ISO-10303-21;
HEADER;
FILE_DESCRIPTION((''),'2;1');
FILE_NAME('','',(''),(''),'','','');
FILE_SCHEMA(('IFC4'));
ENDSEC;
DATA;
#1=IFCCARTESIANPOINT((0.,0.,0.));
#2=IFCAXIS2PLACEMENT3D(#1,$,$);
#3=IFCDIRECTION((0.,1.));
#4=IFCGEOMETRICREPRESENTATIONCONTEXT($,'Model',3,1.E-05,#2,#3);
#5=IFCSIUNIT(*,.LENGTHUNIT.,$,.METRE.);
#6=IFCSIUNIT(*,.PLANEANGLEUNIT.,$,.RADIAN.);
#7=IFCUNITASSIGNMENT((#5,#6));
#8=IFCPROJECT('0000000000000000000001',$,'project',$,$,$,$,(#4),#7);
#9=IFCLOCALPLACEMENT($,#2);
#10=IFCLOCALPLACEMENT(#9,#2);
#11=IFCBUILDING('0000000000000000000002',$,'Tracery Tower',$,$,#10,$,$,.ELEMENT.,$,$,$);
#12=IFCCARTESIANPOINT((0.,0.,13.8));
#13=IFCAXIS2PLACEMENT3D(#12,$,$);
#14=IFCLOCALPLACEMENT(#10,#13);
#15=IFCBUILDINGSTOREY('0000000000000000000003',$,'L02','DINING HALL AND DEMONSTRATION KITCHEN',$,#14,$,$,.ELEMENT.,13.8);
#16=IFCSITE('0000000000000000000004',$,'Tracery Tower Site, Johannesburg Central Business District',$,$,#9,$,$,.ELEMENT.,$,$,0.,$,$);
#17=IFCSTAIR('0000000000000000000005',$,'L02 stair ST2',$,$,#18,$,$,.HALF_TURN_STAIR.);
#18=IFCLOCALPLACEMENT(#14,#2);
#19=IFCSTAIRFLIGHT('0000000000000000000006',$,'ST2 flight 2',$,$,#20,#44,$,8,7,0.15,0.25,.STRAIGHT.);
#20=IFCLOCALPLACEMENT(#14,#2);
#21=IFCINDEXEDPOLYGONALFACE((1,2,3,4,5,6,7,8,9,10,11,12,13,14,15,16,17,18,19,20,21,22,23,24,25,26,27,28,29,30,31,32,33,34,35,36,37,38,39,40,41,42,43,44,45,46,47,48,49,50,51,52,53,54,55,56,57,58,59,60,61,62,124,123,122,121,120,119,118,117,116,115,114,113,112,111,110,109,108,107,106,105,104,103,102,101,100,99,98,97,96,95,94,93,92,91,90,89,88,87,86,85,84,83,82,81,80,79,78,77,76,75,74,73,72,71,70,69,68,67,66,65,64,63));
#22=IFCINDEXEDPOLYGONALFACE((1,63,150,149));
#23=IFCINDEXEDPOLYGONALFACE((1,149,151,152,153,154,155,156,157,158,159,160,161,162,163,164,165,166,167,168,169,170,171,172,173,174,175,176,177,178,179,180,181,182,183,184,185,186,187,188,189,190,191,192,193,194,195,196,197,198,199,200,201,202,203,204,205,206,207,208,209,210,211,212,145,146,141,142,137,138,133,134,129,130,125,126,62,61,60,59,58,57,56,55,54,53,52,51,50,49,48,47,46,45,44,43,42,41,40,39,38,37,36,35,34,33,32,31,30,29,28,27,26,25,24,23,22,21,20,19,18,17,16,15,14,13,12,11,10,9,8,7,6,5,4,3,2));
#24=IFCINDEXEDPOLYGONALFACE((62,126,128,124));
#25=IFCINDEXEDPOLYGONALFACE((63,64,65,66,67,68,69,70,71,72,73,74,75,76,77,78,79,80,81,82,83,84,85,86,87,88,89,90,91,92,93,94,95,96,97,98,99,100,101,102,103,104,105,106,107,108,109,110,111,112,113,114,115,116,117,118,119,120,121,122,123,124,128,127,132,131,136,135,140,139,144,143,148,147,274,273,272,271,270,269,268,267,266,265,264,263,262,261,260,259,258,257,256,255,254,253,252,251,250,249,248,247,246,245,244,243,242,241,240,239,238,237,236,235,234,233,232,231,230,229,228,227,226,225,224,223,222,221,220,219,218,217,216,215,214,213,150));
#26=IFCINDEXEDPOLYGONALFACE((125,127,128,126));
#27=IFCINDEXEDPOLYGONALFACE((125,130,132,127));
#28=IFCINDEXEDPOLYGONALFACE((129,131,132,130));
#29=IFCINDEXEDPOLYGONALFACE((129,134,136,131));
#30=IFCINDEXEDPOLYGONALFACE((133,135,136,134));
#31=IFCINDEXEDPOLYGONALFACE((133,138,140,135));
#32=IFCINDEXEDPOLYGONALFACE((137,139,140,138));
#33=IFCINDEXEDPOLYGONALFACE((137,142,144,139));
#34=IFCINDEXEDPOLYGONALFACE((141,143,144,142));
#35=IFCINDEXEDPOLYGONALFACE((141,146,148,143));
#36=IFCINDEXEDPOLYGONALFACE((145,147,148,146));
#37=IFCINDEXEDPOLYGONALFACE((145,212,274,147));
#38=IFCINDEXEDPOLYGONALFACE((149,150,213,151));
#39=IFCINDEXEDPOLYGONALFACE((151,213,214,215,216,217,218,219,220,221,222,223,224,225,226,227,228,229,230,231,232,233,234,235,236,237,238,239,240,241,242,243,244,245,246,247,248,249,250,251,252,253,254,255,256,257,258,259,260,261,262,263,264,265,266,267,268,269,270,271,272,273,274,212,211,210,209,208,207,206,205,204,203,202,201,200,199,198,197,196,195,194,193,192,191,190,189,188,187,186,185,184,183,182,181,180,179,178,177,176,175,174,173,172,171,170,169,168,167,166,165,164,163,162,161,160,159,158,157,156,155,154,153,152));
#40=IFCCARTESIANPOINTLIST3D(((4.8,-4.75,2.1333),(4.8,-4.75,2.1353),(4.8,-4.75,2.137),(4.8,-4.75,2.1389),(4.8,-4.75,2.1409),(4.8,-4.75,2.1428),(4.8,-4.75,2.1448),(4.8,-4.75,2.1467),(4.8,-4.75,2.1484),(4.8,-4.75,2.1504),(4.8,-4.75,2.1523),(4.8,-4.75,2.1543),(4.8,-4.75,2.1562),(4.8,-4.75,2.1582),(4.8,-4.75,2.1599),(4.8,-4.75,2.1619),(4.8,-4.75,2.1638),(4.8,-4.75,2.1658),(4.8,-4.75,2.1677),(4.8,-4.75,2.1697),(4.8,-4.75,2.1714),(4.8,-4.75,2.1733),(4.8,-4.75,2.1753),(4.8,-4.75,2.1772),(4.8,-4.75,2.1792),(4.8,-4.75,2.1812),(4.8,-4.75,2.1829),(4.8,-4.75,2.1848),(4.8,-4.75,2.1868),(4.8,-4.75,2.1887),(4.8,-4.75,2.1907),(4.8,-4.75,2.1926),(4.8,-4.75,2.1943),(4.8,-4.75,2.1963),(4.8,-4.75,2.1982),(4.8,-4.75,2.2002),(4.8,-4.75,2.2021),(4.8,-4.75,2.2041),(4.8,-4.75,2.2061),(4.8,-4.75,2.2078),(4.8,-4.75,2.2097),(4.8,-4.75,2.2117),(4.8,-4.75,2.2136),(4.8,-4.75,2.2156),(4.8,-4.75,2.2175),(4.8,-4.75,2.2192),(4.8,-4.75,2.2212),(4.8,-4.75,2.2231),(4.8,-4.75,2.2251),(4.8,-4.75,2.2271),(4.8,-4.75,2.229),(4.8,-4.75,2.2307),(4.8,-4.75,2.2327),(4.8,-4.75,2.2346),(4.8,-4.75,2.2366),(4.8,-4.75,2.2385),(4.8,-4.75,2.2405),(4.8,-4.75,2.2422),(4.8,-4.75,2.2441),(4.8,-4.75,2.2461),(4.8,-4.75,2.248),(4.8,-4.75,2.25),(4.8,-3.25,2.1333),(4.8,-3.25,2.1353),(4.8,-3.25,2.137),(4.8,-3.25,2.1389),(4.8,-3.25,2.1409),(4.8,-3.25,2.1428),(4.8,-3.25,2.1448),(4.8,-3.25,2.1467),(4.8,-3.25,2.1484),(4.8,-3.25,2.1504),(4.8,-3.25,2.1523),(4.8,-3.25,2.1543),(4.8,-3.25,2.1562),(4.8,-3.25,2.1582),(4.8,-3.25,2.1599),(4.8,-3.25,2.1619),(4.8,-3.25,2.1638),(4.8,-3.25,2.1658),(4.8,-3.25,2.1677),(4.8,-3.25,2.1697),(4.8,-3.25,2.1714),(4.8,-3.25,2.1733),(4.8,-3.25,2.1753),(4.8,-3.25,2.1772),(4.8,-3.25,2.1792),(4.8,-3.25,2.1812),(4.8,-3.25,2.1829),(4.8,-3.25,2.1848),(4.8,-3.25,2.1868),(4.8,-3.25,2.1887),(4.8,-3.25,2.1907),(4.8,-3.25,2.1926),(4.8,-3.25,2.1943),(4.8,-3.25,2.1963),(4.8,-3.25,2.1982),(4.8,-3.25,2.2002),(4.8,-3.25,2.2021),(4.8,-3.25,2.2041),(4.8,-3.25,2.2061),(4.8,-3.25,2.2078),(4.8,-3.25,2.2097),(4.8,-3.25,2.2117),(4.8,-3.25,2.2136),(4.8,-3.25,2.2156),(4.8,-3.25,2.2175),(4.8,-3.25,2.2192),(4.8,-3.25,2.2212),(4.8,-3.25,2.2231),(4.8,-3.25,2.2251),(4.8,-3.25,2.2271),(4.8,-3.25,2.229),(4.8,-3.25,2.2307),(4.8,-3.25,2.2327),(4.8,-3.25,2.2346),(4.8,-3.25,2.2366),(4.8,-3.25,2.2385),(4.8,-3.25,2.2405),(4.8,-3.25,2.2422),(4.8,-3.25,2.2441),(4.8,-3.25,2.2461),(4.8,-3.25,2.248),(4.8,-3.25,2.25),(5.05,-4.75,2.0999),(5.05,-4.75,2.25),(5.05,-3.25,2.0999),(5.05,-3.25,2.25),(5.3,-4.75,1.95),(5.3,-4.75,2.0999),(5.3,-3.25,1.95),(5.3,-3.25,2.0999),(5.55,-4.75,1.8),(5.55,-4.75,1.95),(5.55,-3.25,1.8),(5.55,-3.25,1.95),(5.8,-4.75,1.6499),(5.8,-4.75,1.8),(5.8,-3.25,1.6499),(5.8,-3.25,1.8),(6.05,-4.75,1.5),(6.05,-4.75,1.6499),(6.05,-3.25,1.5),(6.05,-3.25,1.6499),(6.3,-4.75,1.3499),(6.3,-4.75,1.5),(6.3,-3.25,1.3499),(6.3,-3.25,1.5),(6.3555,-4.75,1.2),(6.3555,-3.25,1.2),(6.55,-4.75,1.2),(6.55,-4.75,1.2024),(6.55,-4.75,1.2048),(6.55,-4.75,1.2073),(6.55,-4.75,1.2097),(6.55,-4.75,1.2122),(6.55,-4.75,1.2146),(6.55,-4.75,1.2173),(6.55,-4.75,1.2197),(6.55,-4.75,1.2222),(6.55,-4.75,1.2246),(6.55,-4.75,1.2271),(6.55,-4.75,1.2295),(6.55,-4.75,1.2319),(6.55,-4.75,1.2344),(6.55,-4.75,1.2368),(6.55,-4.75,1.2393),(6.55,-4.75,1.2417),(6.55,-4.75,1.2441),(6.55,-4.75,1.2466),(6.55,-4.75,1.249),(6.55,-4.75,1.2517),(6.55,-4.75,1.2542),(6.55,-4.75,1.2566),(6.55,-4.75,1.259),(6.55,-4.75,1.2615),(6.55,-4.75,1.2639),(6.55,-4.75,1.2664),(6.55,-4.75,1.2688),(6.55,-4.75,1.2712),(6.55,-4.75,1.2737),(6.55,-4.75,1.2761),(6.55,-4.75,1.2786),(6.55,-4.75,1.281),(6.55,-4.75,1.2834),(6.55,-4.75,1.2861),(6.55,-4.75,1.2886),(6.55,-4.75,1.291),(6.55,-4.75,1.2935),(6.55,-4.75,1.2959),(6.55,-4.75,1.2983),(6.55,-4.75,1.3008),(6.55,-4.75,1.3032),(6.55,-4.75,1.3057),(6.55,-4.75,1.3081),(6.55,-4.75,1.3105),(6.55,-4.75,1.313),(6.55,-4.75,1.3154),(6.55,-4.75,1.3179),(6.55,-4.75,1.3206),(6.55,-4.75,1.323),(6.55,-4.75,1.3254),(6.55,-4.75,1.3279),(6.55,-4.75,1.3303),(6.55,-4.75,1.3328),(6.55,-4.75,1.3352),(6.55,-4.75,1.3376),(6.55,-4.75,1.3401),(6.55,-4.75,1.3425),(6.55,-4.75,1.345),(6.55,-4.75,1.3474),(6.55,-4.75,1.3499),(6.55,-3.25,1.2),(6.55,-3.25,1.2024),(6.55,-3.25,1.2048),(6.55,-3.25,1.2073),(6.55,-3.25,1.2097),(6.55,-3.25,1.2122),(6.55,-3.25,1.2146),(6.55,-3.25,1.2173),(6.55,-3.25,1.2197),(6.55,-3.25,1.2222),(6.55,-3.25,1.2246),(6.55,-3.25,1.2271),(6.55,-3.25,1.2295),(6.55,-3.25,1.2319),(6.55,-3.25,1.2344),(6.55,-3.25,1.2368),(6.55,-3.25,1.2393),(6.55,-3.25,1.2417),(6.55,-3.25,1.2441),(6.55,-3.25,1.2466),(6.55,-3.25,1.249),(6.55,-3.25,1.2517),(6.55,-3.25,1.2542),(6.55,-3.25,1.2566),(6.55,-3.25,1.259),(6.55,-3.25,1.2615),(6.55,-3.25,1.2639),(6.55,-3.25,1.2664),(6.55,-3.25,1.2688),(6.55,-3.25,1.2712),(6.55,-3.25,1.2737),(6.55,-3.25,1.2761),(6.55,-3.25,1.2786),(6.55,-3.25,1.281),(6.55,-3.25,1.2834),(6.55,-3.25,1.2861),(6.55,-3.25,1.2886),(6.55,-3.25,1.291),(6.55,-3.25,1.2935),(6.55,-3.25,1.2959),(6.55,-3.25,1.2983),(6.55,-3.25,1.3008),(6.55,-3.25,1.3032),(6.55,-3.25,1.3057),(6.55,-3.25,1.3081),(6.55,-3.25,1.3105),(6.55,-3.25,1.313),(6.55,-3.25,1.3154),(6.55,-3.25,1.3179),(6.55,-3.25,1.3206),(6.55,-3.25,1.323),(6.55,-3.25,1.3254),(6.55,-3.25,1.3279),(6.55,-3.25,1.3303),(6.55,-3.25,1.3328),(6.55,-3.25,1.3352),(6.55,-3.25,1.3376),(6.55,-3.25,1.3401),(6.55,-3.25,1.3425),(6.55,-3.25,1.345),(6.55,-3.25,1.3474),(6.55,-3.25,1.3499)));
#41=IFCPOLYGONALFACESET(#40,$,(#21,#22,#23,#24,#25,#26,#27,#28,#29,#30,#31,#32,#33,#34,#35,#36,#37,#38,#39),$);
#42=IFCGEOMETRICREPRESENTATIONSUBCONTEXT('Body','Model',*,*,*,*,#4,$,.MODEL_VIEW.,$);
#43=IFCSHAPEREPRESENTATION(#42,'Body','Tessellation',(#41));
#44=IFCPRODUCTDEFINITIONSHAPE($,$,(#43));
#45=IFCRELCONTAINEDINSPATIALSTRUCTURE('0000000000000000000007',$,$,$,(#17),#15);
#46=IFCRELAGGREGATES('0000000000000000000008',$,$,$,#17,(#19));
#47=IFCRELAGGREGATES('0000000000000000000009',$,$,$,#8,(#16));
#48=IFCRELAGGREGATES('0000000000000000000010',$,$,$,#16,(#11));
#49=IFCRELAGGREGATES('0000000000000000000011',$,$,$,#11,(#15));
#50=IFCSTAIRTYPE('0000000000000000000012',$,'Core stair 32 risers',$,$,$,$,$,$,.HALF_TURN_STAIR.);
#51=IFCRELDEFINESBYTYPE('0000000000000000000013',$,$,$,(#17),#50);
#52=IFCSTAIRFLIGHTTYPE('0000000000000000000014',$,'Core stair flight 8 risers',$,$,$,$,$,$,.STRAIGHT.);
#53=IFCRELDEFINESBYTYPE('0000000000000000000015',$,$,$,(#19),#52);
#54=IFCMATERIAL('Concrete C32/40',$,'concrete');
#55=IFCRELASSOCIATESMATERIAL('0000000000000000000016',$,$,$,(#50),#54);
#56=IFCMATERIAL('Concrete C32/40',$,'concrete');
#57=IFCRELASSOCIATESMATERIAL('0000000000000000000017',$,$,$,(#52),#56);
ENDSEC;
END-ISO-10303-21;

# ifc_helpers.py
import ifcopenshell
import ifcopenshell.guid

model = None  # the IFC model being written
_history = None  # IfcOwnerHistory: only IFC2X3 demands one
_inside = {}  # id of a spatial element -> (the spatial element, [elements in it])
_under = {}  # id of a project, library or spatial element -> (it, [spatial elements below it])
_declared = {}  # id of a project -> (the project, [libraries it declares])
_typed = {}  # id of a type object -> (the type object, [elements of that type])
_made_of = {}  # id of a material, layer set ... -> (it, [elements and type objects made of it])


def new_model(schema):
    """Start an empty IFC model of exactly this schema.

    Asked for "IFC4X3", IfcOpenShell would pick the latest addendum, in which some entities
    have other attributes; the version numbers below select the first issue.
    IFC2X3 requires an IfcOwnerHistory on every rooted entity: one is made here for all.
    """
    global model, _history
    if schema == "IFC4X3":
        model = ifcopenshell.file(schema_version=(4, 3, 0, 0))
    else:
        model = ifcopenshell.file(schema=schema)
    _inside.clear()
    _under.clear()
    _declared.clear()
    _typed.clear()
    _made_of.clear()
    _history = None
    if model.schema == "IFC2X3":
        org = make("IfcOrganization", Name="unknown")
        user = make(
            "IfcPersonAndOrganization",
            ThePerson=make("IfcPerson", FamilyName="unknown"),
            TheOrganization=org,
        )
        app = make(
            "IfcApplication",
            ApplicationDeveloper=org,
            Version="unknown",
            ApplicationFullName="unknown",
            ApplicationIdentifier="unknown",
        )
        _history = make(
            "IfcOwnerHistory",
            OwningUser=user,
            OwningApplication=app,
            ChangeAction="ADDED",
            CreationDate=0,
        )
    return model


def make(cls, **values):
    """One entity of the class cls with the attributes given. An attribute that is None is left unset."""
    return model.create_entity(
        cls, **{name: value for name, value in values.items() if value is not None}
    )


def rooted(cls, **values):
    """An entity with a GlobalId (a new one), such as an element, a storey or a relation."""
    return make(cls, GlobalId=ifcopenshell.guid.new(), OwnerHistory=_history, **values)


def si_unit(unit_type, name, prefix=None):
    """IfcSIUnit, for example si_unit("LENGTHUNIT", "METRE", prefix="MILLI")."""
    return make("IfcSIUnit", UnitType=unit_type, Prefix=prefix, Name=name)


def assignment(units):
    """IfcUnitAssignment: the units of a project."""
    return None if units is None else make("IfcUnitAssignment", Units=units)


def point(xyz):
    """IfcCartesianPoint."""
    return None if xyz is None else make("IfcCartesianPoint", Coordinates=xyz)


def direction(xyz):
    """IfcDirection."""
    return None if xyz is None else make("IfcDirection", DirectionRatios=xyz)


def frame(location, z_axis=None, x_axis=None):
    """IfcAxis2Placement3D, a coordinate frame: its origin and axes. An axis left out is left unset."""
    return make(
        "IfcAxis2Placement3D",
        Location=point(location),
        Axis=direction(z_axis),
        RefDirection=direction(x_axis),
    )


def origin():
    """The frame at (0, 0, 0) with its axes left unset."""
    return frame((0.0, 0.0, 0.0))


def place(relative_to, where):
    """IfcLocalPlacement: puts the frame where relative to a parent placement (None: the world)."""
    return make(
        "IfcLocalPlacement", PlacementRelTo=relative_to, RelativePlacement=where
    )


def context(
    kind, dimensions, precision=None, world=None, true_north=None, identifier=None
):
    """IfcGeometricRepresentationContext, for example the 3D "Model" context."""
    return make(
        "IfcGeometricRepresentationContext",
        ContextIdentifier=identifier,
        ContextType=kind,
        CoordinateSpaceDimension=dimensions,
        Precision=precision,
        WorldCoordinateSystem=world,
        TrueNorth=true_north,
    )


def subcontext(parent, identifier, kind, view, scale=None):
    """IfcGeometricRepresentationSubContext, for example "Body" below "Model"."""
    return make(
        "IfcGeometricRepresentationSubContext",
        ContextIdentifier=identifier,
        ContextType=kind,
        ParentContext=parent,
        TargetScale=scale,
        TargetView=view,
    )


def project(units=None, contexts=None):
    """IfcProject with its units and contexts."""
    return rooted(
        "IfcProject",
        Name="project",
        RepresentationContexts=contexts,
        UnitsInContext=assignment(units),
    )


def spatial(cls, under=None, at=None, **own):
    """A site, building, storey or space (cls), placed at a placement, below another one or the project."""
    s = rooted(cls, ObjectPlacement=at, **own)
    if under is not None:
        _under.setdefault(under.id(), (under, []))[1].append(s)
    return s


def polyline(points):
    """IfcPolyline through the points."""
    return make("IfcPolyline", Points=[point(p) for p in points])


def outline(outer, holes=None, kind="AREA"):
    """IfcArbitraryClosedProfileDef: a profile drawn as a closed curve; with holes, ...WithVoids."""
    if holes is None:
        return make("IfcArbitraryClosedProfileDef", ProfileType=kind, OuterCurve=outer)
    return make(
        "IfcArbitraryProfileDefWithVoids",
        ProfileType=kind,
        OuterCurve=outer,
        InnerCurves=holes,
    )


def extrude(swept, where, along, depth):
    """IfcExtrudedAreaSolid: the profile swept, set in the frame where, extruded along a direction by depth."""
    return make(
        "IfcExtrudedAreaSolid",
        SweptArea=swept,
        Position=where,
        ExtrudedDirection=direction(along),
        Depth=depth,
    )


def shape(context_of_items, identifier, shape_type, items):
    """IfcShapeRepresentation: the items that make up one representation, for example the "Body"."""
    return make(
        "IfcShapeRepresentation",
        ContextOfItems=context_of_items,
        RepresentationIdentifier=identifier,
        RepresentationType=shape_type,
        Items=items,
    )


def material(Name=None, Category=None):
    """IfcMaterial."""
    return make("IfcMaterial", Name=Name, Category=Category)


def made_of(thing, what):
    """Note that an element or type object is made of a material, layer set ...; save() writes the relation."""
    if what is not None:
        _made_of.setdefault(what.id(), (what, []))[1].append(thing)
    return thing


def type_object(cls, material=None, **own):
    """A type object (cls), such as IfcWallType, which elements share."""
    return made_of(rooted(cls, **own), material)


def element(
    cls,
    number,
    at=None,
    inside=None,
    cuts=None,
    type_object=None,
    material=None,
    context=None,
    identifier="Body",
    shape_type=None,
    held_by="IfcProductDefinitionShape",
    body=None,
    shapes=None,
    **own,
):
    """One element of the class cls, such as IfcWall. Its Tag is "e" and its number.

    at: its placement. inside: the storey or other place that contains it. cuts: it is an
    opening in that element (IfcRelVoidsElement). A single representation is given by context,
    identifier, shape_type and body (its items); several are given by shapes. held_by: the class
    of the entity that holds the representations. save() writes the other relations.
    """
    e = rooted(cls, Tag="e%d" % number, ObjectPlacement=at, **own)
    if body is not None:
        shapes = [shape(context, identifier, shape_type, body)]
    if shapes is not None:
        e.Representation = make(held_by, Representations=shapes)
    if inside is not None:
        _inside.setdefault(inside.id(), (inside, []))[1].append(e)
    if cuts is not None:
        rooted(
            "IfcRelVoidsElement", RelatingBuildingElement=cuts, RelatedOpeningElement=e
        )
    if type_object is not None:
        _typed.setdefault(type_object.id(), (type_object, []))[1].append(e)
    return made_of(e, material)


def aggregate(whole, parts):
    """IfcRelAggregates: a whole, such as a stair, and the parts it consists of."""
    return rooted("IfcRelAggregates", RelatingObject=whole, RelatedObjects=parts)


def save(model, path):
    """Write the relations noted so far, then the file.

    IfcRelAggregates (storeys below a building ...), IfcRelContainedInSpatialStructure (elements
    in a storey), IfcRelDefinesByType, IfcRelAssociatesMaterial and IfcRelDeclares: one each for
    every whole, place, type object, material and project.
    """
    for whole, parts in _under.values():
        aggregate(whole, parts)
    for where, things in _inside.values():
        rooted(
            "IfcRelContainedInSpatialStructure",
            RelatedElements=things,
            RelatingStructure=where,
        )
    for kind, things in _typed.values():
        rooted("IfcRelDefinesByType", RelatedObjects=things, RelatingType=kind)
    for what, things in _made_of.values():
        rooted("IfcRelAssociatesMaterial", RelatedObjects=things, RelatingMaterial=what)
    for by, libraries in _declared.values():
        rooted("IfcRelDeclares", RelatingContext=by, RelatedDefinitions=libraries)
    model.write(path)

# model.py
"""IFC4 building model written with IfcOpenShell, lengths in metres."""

from ifc_helpers import new_model, si_unit, direction, frame, origin, place, context, subcontext, project, spatial, polyline, outline, extrude, material, type_object, element, aggregate, save


model = new_model("IFC4")

# Units and contexts
model_context = context("Model", 3, precision=1e-05, world=origin(), true_north=direction((0.0, 1.0)))
body_context = subcontext(model_context, "Body", "Model", "MODEL_VIEW")
ifc_project = project(units=[si_unit("LENGTHUNIT", "METRE"), si_unit("PLANEANGLEUNIT", "RADIAN")], contexts=[model_context])

# Site, building, storey
site_placement = place(None, origin())
site = spatial("IfcSite", under=ifc_project, at=site_placement, Name="Tracery Tower Site, Johannesburg Central Business District", CompositionType="ELEMENT", RefElevation=0.0)
building_placement = place(site_placement, origin())
building = spatial("IfcBuilding", under=site, at=building_placement, Name="Tracery Tower", CompositionType="ELEMENT")
storey_placement = place(building_placement, frame((0.0, 0.0, 13.8)))
storey = spatial("IfcBuildingStorey", under=building, at=storey_placement, Name="L02", Description="DINING HALL AND DEMONSTRATION KITCHEN", CompositionType="ELEMENT", Elevation=13.8)

# Stair, stair flight
ifc_material_1 = material(Name="Concrete C32/40", Category="concrete")
stair_type = type_object("IfcStairType", Name="Core stair 32 risers", PredefinedType="HALF_TURN_STAIR", material=ifc_material_1)
stair_placement = place(storey_placement, origin())
stair = element("IfcStair", 1, at=stair_placement, inside=storey, type_object=stair_type, Name="L02 stair ST2", PredefinedType="HALF_TURN_STAIR")
ifc_material_2 = material(Name="Concrete C32/40", Category="concrete")
stair_flight_type = type_object("IfcStairFlightType", Name="Core stair flight 8 risers", PredefinedType="STRAIGHT", material=ifc_material_2)
stair_flight_1_placement = place(storey_placement, frame((6.55, -4.0, 1.2), z_axis=(0.0, 0.0, 1.0), x_axis=(-1.0, 0.0, 0.0)))
stair_flight_1 = element("IfcStairFlight", 2, at=stair_flight_1_placement, type_object=stair_flight_type, Name="ST2 flight 2", NumberOfRisers=8, NumberOfTreads=7, PredefinedType="STRAIGHT", RiserHeight=0.15, TreadLength=0.25, context=body_context, shape_type="SweptSolid", body=[
    extrude(outline(polyline([(0.0, 0.0), (0.0, 0.0024), (0.0, 0.0049), (0.0, 0.0073), (0.0, 0.0098), (0.0, 0.0122), (0.0, 0.0146), (0.0, 0.0173), (0.0, 0.0198), (0.0, 0.0222), (0.0, 0.0247), (0.0, 0.0271), (0.0, 0.0295), (0.0, 0.032), (0.0, 0.0344), (0.0, 0.0369), (0.0, 0.0393), (0.0, 0.0417), (0.0, 0.0442), (0.0, 0.0466), (0.0, 0.0491), (0.0, 0.0518), (0.0, 0.0542), (0.0, 0.0566), (0.0, 0.0591), (0.0, 0.0615), (0.0, 0.064), (0.0, 0.0664), (0.0, 0.0688), (0.0, 0.0713), (0.0, 0.0737), (0.0, 0.0762), (0.0, 0.0786), (0.0, 0.0811), (0.0, 0.0835), (0.0, 0.0862), (0.0, 0.0886), (0.0, 0.0911), (0.0, 0.0935), (0.0, 0.0959), (0.0, 0.0984), (0.0, 0.1008), (0.0, 0.1033), (0.0, 0.1057), (0.0, 0.1082), (0.0, 0.1106), (0.0, 0.113), (0.0, 0.1155), (0.0, 0.1179), (0.0, 0.1206), (0.0, 0.123), (0.0, 0.1255), (0.0, 0.1279), (0.0, 0.1304), (0.0, 0.1328), (0.0, 0.1353), (0.0, 0.1377), (0.0, 0.1401), (0.0, 0.1426), (0.0, 0.145), (0.0, 0.1475), (0.0, 0.1499), (0.25, 0.1499), (0.25, 0.3), (0.5, 0.3), (0.5, 0.45), (0.75, 0.45), (0.75, 0.6001), (1.0, 0.6001), (1.0, 0.75), (1.25, 0.75), (1.25, 0.8999), (1.5, 0.8999), (1.5, 1.05), (1.75, 1.05), (1.75, 1.0481), (1.75, 1.0461), (1.75, 1.0442), (1.75, 1.0422), (1.75, 1.0405), (1.75, 1.0386), (1.75, 1.0366), (1.75, 1.0347), (1.75, 1.0327), (1.75, 1.0308), (1.75, 1.0291), (1.75, 1.0271), (1.75, 1.0251), (1.75, 1.0232), (1.75, 1.0212), (1.75, 1.0193), (1.75, 1.0176), (1.75, 1.0156), (1.75, 1.0137), (1.75, 1.0117), (1.75, 1.0098), (1.75, 1.0078), (1.75, 1.0061), (1.75, 1.0042), (1.75, 1.0022), (1.75, 1.0002), (1.75, 0.9983), (1.75, 0.9963), (1.75, 0.9944), (1.75, 0.9927), (1.75, 0.9907), (1.75, 0.9888), (1.75, 0.9868), (1.75, 0.9849), (1.75, 0.9829), (1.75, 0.9812), (1.75, 0.9792), (1.75, 0.9773), (1.75, 0.9753), (1.75, 0.9734), (1.75, 0.9714), (1.75, 0.9697), (1.75, 0.9678), (1.75, 0.9658), (1.75, 0.9639), (1.75, 0.9619), (1.75, 0.96), (1.75, 0.9583), (1.75, 0.9563), (1.75, 0.9543), (1.75, 0.9524), (1.75, 0.9504), (1.75, 0.9485), (1.75, 0.9468), (1.75, 0.9448), (1.75, 0.9429), (1.75, 0.9409), (1.75, 0.939), (1.75, 0.937), (1.75, 0.9353), (1.75, 0.9333), (0.1946, 0.0), (0.0, 0.0)])), frame((0.0, 0.75, 0.0), z_axis=(0.0, -1.0, 0.0), x_axis=(1.0, 0.0, 0.0)), (0.0, 0.0, 1.0), 1.5),
])
aggregate(stair, [stair_flight_1])

save(model, "model.ifc")
